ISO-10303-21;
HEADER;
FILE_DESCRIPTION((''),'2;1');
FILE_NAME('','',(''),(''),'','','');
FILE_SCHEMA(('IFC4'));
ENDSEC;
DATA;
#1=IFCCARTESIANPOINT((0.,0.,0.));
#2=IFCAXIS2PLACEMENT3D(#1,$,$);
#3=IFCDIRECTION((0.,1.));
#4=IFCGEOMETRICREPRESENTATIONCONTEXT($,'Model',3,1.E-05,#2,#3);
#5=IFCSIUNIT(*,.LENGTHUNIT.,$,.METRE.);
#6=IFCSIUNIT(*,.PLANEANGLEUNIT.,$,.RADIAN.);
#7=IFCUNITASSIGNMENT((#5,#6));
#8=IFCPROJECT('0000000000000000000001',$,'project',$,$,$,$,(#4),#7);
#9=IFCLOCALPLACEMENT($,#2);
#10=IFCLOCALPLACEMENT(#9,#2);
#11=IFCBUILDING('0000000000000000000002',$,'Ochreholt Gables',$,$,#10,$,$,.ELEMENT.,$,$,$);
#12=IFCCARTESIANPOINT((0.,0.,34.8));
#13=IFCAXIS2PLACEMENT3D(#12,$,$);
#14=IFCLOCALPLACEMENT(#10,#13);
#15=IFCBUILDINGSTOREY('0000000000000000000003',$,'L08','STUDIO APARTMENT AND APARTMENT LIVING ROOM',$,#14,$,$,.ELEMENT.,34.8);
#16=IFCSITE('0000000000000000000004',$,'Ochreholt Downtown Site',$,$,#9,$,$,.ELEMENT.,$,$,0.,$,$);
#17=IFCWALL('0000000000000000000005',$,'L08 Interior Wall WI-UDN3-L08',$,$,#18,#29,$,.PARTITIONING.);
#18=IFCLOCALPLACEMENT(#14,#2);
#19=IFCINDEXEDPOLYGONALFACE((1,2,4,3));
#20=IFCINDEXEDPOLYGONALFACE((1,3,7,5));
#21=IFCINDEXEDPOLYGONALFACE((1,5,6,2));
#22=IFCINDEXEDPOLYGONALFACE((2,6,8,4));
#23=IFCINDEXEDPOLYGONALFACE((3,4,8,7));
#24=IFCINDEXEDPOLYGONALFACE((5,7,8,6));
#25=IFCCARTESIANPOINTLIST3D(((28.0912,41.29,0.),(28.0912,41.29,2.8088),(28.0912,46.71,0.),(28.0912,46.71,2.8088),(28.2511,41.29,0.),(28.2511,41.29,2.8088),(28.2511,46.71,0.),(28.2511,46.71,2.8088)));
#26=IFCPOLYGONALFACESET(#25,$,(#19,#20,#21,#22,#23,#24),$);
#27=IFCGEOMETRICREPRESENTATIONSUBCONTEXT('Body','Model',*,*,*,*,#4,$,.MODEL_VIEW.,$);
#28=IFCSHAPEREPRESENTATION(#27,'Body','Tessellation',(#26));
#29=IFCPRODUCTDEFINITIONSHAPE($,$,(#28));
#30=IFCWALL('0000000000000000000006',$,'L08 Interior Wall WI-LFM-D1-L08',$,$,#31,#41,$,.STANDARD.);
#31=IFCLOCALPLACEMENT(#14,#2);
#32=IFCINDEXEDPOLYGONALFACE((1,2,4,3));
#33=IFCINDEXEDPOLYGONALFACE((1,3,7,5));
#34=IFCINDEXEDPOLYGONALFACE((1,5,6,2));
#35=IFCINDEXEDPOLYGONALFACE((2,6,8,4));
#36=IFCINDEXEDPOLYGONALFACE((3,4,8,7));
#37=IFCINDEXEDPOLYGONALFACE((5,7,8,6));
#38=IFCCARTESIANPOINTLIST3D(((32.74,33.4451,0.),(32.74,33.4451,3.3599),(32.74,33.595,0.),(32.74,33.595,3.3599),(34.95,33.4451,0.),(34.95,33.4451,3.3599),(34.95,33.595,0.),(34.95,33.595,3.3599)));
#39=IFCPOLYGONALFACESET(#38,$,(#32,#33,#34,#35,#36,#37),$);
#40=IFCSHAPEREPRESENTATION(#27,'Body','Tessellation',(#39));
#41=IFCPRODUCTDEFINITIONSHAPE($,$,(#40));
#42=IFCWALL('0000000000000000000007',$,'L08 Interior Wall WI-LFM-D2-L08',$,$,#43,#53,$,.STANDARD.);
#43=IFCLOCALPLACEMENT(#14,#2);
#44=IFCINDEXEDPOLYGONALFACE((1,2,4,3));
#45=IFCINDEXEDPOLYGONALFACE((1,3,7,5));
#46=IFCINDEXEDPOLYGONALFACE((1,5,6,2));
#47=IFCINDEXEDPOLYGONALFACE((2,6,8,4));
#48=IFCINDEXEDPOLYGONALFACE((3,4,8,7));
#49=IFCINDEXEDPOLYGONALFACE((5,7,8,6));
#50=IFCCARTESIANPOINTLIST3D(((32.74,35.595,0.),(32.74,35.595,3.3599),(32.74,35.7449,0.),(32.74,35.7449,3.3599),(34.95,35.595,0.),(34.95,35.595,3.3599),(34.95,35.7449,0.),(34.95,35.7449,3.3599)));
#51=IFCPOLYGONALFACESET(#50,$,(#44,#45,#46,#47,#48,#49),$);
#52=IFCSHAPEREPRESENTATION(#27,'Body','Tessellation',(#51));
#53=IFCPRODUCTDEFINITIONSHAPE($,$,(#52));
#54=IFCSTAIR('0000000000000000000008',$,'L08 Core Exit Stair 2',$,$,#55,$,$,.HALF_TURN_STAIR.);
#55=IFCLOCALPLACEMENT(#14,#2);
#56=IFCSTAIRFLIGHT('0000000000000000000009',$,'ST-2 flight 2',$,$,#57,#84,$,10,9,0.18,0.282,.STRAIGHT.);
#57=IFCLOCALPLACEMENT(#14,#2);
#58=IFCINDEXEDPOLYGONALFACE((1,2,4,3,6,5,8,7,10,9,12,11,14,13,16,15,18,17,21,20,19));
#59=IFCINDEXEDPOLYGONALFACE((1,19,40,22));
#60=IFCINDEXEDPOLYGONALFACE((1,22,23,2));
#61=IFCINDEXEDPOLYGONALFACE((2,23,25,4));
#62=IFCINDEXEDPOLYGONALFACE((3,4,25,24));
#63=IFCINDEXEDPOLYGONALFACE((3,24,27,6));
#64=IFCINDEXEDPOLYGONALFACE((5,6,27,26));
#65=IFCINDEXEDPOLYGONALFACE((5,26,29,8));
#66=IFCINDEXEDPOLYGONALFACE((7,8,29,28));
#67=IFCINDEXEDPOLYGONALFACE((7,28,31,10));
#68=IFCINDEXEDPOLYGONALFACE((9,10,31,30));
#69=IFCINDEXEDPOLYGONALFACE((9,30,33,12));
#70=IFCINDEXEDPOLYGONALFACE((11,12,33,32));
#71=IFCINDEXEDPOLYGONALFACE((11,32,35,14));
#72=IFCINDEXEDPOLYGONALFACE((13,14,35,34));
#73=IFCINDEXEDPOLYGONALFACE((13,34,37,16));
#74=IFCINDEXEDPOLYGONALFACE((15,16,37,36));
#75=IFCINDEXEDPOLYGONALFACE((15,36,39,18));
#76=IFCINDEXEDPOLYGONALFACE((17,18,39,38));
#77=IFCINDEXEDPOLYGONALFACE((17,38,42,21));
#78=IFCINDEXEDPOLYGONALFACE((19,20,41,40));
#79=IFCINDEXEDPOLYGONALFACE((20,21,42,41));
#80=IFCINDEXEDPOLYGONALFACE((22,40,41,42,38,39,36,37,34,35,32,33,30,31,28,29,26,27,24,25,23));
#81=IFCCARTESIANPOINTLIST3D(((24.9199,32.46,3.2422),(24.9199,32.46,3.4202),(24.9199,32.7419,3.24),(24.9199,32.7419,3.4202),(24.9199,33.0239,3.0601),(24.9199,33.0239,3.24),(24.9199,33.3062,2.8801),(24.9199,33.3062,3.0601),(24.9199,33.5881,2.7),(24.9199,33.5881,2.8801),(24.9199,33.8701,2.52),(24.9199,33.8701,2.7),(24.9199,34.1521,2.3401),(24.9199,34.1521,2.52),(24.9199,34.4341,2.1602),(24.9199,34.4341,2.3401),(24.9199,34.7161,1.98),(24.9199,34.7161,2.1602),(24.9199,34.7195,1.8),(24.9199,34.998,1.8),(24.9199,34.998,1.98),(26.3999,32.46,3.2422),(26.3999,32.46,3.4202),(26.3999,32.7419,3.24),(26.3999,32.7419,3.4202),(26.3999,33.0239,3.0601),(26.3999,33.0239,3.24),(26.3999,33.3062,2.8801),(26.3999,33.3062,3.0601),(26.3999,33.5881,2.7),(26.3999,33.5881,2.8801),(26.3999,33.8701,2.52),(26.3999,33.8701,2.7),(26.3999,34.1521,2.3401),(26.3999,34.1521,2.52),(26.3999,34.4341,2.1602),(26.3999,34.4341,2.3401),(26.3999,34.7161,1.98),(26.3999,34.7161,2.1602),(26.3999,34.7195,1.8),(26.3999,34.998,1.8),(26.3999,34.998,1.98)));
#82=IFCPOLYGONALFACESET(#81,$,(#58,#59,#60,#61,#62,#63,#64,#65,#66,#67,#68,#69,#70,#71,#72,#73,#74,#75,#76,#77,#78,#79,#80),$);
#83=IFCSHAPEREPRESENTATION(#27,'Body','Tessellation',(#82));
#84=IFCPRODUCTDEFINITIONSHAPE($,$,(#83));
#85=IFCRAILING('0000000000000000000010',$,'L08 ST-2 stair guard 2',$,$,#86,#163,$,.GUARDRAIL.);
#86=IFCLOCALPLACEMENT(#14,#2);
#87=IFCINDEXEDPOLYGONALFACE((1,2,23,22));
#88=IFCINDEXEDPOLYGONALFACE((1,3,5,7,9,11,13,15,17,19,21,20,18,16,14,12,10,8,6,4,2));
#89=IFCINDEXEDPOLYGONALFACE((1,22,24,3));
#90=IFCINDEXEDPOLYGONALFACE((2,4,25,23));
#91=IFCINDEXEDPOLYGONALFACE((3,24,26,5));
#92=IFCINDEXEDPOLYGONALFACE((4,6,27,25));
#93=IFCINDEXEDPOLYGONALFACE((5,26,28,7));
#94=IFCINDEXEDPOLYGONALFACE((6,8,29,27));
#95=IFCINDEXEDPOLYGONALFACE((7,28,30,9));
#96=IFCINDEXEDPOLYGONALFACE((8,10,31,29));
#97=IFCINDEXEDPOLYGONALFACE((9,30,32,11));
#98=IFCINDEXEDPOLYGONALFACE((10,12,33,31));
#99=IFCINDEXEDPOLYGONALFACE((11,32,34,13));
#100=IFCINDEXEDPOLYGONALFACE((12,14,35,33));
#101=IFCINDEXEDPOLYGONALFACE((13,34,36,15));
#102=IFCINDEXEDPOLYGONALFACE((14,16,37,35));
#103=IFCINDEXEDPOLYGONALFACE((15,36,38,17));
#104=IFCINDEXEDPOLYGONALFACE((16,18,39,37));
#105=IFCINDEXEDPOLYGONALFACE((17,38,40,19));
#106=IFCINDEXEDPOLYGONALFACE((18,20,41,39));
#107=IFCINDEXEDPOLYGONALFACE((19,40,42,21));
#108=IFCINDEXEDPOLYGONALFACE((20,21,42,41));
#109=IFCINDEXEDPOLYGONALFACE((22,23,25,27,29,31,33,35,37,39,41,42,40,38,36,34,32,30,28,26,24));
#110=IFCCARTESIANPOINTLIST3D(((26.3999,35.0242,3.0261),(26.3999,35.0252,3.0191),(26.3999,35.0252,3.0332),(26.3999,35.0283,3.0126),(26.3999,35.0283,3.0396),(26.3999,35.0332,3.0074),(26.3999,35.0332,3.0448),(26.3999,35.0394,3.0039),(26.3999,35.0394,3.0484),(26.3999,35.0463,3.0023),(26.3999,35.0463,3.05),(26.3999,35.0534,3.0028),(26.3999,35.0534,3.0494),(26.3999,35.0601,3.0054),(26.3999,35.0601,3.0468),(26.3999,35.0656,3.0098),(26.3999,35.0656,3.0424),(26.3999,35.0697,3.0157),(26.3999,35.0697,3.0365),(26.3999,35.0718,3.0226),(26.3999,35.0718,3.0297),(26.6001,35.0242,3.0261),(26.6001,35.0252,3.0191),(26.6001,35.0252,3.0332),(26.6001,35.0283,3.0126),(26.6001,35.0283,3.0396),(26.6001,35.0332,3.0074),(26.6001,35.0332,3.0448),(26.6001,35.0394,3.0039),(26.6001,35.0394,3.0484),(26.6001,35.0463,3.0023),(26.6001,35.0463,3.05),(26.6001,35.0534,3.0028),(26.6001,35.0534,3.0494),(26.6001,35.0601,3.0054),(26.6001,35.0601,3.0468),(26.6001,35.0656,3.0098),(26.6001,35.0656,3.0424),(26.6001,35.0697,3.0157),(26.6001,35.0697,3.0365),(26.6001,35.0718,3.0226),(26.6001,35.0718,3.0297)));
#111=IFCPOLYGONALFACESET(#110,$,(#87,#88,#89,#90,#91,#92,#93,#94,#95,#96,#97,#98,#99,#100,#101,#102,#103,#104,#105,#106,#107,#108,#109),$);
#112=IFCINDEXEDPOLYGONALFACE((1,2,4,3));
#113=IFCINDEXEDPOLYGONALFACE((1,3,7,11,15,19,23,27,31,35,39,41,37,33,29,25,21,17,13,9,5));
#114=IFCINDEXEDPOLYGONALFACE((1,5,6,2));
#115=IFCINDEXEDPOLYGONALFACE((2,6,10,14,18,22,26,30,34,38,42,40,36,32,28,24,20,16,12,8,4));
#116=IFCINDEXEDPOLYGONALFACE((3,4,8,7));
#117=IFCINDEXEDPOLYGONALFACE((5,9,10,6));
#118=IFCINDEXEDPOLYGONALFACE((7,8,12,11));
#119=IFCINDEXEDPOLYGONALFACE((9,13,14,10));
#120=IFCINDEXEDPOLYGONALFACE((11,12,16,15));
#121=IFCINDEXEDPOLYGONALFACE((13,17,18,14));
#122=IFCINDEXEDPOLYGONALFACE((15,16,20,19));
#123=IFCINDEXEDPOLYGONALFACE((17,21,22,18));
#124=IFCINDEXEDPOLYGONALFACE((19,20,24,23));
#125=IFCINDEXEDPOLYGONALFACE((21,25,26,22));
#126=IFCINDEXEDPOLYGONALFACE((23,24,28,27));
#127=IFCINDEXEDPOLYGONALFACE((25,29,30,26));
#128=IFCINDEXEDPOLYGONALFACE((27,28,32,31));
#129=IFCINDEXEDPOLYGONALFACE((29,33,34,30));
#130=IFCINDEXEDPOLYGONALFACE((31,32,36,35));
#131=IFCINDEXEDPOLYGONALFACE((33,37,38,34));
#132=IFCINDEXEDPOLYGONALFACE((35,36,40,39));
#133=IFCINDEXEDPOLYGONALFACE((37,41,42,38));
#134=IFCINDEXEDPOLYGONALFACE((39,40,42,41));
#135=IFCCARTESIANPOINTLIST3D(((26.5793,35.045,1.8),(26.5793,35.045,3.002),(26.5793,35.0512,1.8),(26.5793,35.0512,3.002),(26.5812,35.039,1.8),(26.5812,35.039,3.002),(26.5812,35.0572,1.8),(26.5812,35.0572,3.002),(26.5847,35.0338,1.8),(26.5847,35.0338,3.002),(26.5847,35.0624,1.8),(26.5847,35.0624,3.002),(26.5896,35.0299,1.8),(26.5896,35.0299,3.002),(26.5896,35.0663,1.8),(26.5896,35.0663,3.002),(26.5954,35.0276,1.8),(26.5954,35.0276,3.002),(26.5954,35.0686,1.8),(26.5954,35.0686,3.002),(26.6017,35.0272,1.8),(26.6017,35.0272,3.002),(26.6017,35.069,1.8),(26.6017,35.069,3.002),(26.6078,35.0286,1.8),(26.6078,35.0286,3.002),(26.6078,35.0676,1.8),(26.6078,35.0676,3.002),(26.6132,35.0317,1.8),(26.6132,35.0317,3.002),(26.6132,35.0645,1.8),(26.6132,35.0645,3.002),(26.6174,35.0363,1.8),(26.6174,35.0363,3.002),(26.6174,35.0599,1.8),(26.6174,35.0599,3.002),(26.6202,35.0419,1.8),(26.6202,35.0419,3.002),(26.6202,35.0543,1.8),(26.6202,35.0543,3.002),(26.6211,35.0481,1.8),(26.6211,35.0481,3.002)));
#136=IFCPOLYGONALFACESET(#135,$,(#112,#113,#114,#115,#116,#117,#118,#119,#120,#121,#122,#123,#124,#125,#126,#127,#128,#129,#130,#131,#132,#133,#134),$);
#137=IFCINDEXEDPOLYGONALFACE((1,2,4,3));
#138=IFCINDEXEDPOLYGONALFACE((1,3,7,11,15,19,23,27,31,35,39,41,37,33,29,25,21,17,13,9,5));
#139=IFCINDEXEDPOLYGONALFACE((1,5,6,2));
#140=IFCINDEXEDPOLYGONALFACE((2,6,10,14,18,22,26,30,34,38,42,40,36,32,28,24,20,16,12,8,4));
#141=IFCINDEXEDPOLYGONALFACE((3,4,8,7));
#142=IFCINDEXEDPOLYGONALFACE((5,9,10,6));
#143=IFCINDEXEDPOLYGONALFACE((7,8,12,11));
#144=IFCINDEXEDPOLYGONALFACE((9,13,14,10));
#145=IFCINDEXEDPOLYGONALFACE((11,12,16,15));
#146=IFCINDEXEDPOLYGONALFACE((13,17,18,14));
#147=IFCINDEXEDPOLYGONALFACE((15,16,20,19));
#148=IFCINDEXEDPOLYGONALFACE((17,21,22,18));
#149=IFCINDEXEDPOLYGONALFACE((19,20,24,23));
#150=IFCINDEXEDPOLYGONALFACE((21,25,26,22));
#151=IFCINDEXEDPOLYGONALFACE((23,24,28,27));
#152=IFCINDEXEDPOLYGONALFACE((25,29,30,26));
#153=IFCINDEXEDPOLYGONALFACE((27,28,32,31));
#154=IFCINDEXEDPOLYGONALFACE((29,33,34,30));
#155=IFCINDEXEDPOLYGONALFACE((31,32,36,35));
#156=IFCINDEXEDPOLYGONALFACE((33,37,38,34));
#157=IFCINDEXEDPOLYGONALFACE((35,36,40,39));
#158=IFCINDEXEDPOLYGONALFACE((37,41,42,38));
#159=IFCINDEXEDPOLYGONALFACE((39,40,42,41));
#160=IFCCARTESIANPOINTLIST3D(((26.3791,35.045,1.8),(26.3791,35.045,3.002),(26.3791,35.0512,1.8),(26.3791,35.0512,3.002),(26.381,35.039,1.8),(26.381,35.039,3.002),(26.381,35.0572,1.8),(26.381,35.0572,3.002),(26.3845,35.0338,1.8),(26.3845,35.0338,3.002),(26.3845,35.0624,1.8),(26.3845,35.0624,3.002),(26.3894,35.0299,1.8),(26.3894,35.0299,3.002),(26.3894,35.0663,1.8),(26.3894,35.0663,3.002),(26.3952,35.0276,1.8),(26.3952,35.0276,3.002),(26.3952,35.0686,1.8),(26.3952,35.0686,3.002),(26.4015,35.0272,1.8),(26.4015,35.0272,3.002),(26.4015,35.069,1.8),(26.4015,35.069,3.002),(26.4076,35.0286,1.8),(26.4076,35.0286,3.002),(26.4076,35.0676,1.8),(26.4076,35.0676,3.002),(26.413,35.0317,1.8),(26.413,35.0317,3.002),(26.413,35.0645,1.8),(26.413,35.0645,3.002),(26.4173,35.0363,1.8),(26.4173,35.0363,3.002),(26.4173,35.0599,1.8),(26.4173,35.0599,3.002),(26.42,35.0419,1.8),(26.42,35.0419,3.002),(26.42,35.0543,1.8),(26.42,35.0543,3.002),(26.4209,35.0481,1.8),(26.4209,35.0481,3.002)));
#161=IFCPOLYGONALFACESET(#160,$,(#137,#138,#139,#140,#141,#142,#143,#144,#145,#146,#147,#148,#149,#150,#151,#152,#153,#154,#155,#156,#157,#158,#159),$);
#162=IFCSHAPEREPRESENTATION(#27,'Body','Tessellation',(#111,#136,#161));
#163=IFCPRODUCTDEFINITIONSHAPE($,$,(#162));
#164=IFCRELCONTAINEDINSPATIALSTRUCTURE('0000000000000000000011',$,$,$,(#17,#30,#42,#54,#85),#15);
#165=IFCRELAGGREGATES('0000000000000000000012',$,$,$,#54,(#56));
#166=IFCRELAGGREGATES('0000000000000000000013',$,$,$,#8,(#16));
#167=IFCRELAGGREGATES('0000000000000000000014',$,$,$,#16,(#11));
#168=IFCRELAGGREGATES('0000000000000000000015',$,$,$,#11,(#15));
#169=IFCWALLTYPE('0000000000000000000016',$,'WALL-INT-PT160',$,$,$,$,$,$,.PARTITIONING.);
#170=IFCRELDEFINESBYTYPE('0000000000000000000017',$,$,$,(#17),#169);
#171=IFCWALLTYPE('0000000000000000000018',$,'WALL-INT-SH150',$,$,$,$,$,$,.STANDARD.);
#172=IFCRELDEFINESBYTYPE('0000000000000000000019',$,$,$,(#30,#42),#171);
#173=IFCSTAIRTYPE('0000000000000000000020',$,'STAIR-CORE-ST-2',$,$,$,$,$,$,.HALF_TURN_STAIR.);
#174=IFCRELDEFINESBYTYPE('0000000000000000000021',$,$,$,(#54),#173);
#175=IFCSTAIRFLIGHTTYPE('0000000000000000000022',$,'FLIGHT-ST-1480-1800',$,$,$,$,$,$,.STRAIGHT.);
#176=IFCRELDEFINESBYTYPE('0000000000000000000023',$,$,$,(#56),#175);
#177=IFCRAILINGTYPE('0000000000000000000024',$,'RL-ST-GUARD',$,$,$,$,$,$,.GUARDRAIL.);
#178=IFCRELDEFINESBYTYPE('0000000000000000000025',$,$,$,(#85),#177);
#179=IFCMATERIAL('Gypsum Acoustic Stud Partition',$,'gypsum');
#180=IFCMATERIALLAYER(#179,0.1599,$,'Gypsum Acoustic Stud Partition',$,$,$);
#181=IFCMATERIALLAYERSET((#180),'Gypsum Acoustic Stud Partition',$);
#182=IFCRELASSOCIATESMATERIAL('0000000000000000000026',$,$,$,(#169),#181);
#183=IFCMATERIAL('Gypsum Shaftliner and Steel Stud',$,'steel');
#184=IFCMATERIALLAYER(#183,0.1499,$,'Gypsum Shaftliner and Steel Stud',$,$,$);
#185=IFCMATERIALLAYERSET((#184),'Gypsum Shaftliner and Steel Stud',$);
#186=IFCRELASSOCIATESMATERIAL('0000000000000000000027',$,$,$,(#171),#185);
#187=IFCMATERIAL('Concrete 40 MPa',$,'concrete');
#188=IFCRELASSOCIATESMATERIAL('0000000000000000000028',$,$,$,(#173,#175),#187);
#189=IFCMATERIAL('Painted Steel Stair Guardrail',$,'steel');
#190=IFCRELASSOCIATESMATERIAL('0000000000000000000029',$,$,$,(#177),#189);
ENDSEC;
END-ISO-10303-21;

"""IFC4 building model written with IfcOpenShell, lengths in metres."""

from ifc_helpers import new_model, si_unit, direction, frame, frame_2d, origin, origin_2d, place, context, subcontext, project, spatial, polyline, rectangle, circle, outline, extrude, material, layer, layer_set, type_object, element, aggregate, save


model = new_model("IFC4")

# Units and contexts
model_context = context("Model", 3, precision=1e-05, world=origin(), true_north=direction((0.0, 1.0)))
body_context = subcontext(model_context, "Body", "Model", "MODEL_VIEW")
ifc_project = project(units=[si_unit("LENGTHUNIT", "METRE"), si_unit("PLANEANGLEUNIT", "RADIAN")], contexts=[model_context])

# Site, building, storey
site_placement = place(None, origin())
site = spatial("IfcSite", under=ifc_project, at=site_placement, Name="Ochreholt Downtown Site", CompositionType="ELEMENT", RefElevation=0.0)
building_placement = place(site_placement, origin())
building = spatial("IfcBuilding", under=site, at=building_placement, Name="Ochreholt Gables", CompositionType="ELEMENT")
storey_placement = place(building_placement, frame((0.0, 0.0, 34.8)))
storey = spatial("IfcBuildingStorey", under=building, at=storey_placement, Name="L08", Description="STUDIO APARTMENT AND APARTMENT LIVING ROOM", CompositionType="ELEMENT", Elevation=34.8)

# Walls
ifc_material_1 = material(Name="Gypsum Acoustic Stud Partition", Category="gypsum")
ifc_layer_1 = layer(ifc_material_1, 0.1599, Name="Gypsum Acoustic Stud Partition")
ifc_layer_set_1 = layer_set([ifc_layer_1], Name="Gypsum Acoustic Stud Partition")
wall_type_1 = type_object("IfcWallType", Name="WALL-INT-PT160", PredefinedType="PARTITIONING", material=ifc_layer_set_1)
wall_1_placement = place(storey_placement, frame((28.1711, 41.29, 0.0), z_axis=(0.0, 0.0, 1.0), x_axis=(0.0, 1.0, 0.0)))
element("IfcWall", 1, at=wall_1_placement, inside=storey, type_object=wall_type_1, Name="L08 Interior Wall WI-UDN3-L08", PredefinedType="PARTITIONING", context=body_context, shape_type="SweptSolid", body=[
    extrude(rectangle(XDim=5.4199, YDim=0.1599, at=frame_2d((2.71, 0.0))), origin(), (0.0, 0.0, 1.0), 2.8088),
])
ifc_material_2 = material(Name="Gypsum Shaftliner and Steel Stud", Category="steel")
ifc_layer_2 = layer(ifc_material_2, 0.1499, Name="Gypsum Shaftliner and Steel Stud")
ifc_layer_set_2 = layer_set([ifc_layer_2], Name="Gypsum Shaftliner and Steel Stud")
wall_type_2 = type_object("IfcWallType", Name="WALL-INT-SH150", PredefinedType="STANDARD", material=ifc_layer_set_2)
for number, where, z_axis, x_axis, name in (
    (2, (32.74, 33.52, 0.0), (0.0, 0.0, 1.0), (1.0, 0.0, 0.0), "L08 Interior Wall WI-LFM-D1-L08"),
    (3, (32.74, 35.6699, 0.0), (0.0, 0.0, 1.0), (1.0, 0.0, 0.0), "L08 Interior Wall WI-LFM-D2-L08"),
):
    element("IfcWall", number, at=place(storey_placement, frame(where, z_axis=z_axis, x_axis=x_axis)), inside=storey, type_object=wall_type_2, Name=name, PredefinedType="STANDARD", context=body_context, shape_type="SweptSolid", body=[
        extrude(rectangle(XDim=2.21, YDim=0.1499, at=frame_2d((1.105, 0.0))), origin(), (0.0, 0.0, 1.0), 3.3599),
    ])

# Stair, stair flight
ifc_material_3 = material(Name="Concrete 40 MPa", Category="concrete")
stair_type = type_object("IfcStairType", Name="STAIR-CORE-ST-2", PredefinedType="HALF_TURN_STAIR", material=ifc_material_3)
stair_placement = place(storey_placement, origin())
stair = element("IfcStair", 4, at=stair_placement, inside=storey, type_object=stair_type, Name="L08 Core Exit Stair 2", PredefinedType="HALF_TURN_STAIR")
stair_flight_type = type_object("IfcStairFlightType", Name="FLIGHT-ST-1480-1800", PredefinedType="STRAIGHT", material=ifc_material_3)
stair_flight_placement = place(storey_placement, frame((25.6599, 34.998, 1.8), z_axis=(0.0, 0.0, 1.0), x_axis=(0.0, -1.0, 0.0)))
stair_flight = element("IfcStairFlight", 5, at=stair_flight_placement, type_object=stair_flight_type, Name="ST-2 flight 2", NumberOfRisers=10, NumberOfTreads=9, PredefinedType="STRAIGHT", RiserHeight=0.18, TreadLength=0.282, context=body_context, shape_type="SweptSolid", body=[
    extrude(outline(polyline([(0.0, 0.0), (0.0, 0.1799), (0.282, 0.1799), (0.282, 0.3601), (0.564, 0.3601), (0.564, 0.54), (0.8459, 0.54), (0.8459, 0.72), (1.1279, 0.72), (1.1279, 0.8999), (1.4099, 0.8999), (1.4099, 1.0801), (1.6919, 1.0801), (1.6919, 1.26), (1.9741, 1.26), (1.9741, 1.4399), (2.2561, 1.4399), (2.2561, 1.6201), (2.5381, 1.6201), (2.5381, 1.8), (2.5381, 1.4421), (0.2786, 0.0), (0.0, 0.0)])), frame((0.0, 0.74, 0.0), z_axis=(0.0, -1.0, 0.0), x_axis=(1.0, 0.0, 0.0)), (0.0, 0.0, 1.0), 1.48),
])
aggregate(stair, [stair_flight])

# Railing
ifc_material_4 = material(Name="Painted Steel Stair Guardrail", Category="steel")
railing_type_1 = type_object("IfcRailingType", Name="RL-ST-GUARD", PredefinedType="GUARDRAIL", material=ifc_material_4)
railing_1_placement = place(storey_placement, frame((26.6001, 35.0481, 1.8)))
element("IfcRailing", 6, at=railing_1_placement, inside=storey, type_object=railing_type_1, Name="L08 ST-2 stair guard 2", PredefinedType="GUARDRAIL", context=body_context, shape_type="SweptSolid", body=[
    extrude(circle(Radius=0.0239, at=origin_2d()), frame((0.0, 0.0, 1.2261), z_axis=(-1.0, 0.0, 0.0), x_axis=(0.0, -1.0, 0.0)), (0.0, 0.0, 1.0), 0.2002),
    extrude(circle(Radius=0.021, at=origin_2d()), origin(), (0.0, 0.0, 1.0), 1.2019),
    extrude(circle(Radius=0.021, at=origin_2d()), frame((-0.2002, 0.0, 0.0)), (0.0, 0.0, 1.0), 1.2019),
])

save(model, "model.ifc")
